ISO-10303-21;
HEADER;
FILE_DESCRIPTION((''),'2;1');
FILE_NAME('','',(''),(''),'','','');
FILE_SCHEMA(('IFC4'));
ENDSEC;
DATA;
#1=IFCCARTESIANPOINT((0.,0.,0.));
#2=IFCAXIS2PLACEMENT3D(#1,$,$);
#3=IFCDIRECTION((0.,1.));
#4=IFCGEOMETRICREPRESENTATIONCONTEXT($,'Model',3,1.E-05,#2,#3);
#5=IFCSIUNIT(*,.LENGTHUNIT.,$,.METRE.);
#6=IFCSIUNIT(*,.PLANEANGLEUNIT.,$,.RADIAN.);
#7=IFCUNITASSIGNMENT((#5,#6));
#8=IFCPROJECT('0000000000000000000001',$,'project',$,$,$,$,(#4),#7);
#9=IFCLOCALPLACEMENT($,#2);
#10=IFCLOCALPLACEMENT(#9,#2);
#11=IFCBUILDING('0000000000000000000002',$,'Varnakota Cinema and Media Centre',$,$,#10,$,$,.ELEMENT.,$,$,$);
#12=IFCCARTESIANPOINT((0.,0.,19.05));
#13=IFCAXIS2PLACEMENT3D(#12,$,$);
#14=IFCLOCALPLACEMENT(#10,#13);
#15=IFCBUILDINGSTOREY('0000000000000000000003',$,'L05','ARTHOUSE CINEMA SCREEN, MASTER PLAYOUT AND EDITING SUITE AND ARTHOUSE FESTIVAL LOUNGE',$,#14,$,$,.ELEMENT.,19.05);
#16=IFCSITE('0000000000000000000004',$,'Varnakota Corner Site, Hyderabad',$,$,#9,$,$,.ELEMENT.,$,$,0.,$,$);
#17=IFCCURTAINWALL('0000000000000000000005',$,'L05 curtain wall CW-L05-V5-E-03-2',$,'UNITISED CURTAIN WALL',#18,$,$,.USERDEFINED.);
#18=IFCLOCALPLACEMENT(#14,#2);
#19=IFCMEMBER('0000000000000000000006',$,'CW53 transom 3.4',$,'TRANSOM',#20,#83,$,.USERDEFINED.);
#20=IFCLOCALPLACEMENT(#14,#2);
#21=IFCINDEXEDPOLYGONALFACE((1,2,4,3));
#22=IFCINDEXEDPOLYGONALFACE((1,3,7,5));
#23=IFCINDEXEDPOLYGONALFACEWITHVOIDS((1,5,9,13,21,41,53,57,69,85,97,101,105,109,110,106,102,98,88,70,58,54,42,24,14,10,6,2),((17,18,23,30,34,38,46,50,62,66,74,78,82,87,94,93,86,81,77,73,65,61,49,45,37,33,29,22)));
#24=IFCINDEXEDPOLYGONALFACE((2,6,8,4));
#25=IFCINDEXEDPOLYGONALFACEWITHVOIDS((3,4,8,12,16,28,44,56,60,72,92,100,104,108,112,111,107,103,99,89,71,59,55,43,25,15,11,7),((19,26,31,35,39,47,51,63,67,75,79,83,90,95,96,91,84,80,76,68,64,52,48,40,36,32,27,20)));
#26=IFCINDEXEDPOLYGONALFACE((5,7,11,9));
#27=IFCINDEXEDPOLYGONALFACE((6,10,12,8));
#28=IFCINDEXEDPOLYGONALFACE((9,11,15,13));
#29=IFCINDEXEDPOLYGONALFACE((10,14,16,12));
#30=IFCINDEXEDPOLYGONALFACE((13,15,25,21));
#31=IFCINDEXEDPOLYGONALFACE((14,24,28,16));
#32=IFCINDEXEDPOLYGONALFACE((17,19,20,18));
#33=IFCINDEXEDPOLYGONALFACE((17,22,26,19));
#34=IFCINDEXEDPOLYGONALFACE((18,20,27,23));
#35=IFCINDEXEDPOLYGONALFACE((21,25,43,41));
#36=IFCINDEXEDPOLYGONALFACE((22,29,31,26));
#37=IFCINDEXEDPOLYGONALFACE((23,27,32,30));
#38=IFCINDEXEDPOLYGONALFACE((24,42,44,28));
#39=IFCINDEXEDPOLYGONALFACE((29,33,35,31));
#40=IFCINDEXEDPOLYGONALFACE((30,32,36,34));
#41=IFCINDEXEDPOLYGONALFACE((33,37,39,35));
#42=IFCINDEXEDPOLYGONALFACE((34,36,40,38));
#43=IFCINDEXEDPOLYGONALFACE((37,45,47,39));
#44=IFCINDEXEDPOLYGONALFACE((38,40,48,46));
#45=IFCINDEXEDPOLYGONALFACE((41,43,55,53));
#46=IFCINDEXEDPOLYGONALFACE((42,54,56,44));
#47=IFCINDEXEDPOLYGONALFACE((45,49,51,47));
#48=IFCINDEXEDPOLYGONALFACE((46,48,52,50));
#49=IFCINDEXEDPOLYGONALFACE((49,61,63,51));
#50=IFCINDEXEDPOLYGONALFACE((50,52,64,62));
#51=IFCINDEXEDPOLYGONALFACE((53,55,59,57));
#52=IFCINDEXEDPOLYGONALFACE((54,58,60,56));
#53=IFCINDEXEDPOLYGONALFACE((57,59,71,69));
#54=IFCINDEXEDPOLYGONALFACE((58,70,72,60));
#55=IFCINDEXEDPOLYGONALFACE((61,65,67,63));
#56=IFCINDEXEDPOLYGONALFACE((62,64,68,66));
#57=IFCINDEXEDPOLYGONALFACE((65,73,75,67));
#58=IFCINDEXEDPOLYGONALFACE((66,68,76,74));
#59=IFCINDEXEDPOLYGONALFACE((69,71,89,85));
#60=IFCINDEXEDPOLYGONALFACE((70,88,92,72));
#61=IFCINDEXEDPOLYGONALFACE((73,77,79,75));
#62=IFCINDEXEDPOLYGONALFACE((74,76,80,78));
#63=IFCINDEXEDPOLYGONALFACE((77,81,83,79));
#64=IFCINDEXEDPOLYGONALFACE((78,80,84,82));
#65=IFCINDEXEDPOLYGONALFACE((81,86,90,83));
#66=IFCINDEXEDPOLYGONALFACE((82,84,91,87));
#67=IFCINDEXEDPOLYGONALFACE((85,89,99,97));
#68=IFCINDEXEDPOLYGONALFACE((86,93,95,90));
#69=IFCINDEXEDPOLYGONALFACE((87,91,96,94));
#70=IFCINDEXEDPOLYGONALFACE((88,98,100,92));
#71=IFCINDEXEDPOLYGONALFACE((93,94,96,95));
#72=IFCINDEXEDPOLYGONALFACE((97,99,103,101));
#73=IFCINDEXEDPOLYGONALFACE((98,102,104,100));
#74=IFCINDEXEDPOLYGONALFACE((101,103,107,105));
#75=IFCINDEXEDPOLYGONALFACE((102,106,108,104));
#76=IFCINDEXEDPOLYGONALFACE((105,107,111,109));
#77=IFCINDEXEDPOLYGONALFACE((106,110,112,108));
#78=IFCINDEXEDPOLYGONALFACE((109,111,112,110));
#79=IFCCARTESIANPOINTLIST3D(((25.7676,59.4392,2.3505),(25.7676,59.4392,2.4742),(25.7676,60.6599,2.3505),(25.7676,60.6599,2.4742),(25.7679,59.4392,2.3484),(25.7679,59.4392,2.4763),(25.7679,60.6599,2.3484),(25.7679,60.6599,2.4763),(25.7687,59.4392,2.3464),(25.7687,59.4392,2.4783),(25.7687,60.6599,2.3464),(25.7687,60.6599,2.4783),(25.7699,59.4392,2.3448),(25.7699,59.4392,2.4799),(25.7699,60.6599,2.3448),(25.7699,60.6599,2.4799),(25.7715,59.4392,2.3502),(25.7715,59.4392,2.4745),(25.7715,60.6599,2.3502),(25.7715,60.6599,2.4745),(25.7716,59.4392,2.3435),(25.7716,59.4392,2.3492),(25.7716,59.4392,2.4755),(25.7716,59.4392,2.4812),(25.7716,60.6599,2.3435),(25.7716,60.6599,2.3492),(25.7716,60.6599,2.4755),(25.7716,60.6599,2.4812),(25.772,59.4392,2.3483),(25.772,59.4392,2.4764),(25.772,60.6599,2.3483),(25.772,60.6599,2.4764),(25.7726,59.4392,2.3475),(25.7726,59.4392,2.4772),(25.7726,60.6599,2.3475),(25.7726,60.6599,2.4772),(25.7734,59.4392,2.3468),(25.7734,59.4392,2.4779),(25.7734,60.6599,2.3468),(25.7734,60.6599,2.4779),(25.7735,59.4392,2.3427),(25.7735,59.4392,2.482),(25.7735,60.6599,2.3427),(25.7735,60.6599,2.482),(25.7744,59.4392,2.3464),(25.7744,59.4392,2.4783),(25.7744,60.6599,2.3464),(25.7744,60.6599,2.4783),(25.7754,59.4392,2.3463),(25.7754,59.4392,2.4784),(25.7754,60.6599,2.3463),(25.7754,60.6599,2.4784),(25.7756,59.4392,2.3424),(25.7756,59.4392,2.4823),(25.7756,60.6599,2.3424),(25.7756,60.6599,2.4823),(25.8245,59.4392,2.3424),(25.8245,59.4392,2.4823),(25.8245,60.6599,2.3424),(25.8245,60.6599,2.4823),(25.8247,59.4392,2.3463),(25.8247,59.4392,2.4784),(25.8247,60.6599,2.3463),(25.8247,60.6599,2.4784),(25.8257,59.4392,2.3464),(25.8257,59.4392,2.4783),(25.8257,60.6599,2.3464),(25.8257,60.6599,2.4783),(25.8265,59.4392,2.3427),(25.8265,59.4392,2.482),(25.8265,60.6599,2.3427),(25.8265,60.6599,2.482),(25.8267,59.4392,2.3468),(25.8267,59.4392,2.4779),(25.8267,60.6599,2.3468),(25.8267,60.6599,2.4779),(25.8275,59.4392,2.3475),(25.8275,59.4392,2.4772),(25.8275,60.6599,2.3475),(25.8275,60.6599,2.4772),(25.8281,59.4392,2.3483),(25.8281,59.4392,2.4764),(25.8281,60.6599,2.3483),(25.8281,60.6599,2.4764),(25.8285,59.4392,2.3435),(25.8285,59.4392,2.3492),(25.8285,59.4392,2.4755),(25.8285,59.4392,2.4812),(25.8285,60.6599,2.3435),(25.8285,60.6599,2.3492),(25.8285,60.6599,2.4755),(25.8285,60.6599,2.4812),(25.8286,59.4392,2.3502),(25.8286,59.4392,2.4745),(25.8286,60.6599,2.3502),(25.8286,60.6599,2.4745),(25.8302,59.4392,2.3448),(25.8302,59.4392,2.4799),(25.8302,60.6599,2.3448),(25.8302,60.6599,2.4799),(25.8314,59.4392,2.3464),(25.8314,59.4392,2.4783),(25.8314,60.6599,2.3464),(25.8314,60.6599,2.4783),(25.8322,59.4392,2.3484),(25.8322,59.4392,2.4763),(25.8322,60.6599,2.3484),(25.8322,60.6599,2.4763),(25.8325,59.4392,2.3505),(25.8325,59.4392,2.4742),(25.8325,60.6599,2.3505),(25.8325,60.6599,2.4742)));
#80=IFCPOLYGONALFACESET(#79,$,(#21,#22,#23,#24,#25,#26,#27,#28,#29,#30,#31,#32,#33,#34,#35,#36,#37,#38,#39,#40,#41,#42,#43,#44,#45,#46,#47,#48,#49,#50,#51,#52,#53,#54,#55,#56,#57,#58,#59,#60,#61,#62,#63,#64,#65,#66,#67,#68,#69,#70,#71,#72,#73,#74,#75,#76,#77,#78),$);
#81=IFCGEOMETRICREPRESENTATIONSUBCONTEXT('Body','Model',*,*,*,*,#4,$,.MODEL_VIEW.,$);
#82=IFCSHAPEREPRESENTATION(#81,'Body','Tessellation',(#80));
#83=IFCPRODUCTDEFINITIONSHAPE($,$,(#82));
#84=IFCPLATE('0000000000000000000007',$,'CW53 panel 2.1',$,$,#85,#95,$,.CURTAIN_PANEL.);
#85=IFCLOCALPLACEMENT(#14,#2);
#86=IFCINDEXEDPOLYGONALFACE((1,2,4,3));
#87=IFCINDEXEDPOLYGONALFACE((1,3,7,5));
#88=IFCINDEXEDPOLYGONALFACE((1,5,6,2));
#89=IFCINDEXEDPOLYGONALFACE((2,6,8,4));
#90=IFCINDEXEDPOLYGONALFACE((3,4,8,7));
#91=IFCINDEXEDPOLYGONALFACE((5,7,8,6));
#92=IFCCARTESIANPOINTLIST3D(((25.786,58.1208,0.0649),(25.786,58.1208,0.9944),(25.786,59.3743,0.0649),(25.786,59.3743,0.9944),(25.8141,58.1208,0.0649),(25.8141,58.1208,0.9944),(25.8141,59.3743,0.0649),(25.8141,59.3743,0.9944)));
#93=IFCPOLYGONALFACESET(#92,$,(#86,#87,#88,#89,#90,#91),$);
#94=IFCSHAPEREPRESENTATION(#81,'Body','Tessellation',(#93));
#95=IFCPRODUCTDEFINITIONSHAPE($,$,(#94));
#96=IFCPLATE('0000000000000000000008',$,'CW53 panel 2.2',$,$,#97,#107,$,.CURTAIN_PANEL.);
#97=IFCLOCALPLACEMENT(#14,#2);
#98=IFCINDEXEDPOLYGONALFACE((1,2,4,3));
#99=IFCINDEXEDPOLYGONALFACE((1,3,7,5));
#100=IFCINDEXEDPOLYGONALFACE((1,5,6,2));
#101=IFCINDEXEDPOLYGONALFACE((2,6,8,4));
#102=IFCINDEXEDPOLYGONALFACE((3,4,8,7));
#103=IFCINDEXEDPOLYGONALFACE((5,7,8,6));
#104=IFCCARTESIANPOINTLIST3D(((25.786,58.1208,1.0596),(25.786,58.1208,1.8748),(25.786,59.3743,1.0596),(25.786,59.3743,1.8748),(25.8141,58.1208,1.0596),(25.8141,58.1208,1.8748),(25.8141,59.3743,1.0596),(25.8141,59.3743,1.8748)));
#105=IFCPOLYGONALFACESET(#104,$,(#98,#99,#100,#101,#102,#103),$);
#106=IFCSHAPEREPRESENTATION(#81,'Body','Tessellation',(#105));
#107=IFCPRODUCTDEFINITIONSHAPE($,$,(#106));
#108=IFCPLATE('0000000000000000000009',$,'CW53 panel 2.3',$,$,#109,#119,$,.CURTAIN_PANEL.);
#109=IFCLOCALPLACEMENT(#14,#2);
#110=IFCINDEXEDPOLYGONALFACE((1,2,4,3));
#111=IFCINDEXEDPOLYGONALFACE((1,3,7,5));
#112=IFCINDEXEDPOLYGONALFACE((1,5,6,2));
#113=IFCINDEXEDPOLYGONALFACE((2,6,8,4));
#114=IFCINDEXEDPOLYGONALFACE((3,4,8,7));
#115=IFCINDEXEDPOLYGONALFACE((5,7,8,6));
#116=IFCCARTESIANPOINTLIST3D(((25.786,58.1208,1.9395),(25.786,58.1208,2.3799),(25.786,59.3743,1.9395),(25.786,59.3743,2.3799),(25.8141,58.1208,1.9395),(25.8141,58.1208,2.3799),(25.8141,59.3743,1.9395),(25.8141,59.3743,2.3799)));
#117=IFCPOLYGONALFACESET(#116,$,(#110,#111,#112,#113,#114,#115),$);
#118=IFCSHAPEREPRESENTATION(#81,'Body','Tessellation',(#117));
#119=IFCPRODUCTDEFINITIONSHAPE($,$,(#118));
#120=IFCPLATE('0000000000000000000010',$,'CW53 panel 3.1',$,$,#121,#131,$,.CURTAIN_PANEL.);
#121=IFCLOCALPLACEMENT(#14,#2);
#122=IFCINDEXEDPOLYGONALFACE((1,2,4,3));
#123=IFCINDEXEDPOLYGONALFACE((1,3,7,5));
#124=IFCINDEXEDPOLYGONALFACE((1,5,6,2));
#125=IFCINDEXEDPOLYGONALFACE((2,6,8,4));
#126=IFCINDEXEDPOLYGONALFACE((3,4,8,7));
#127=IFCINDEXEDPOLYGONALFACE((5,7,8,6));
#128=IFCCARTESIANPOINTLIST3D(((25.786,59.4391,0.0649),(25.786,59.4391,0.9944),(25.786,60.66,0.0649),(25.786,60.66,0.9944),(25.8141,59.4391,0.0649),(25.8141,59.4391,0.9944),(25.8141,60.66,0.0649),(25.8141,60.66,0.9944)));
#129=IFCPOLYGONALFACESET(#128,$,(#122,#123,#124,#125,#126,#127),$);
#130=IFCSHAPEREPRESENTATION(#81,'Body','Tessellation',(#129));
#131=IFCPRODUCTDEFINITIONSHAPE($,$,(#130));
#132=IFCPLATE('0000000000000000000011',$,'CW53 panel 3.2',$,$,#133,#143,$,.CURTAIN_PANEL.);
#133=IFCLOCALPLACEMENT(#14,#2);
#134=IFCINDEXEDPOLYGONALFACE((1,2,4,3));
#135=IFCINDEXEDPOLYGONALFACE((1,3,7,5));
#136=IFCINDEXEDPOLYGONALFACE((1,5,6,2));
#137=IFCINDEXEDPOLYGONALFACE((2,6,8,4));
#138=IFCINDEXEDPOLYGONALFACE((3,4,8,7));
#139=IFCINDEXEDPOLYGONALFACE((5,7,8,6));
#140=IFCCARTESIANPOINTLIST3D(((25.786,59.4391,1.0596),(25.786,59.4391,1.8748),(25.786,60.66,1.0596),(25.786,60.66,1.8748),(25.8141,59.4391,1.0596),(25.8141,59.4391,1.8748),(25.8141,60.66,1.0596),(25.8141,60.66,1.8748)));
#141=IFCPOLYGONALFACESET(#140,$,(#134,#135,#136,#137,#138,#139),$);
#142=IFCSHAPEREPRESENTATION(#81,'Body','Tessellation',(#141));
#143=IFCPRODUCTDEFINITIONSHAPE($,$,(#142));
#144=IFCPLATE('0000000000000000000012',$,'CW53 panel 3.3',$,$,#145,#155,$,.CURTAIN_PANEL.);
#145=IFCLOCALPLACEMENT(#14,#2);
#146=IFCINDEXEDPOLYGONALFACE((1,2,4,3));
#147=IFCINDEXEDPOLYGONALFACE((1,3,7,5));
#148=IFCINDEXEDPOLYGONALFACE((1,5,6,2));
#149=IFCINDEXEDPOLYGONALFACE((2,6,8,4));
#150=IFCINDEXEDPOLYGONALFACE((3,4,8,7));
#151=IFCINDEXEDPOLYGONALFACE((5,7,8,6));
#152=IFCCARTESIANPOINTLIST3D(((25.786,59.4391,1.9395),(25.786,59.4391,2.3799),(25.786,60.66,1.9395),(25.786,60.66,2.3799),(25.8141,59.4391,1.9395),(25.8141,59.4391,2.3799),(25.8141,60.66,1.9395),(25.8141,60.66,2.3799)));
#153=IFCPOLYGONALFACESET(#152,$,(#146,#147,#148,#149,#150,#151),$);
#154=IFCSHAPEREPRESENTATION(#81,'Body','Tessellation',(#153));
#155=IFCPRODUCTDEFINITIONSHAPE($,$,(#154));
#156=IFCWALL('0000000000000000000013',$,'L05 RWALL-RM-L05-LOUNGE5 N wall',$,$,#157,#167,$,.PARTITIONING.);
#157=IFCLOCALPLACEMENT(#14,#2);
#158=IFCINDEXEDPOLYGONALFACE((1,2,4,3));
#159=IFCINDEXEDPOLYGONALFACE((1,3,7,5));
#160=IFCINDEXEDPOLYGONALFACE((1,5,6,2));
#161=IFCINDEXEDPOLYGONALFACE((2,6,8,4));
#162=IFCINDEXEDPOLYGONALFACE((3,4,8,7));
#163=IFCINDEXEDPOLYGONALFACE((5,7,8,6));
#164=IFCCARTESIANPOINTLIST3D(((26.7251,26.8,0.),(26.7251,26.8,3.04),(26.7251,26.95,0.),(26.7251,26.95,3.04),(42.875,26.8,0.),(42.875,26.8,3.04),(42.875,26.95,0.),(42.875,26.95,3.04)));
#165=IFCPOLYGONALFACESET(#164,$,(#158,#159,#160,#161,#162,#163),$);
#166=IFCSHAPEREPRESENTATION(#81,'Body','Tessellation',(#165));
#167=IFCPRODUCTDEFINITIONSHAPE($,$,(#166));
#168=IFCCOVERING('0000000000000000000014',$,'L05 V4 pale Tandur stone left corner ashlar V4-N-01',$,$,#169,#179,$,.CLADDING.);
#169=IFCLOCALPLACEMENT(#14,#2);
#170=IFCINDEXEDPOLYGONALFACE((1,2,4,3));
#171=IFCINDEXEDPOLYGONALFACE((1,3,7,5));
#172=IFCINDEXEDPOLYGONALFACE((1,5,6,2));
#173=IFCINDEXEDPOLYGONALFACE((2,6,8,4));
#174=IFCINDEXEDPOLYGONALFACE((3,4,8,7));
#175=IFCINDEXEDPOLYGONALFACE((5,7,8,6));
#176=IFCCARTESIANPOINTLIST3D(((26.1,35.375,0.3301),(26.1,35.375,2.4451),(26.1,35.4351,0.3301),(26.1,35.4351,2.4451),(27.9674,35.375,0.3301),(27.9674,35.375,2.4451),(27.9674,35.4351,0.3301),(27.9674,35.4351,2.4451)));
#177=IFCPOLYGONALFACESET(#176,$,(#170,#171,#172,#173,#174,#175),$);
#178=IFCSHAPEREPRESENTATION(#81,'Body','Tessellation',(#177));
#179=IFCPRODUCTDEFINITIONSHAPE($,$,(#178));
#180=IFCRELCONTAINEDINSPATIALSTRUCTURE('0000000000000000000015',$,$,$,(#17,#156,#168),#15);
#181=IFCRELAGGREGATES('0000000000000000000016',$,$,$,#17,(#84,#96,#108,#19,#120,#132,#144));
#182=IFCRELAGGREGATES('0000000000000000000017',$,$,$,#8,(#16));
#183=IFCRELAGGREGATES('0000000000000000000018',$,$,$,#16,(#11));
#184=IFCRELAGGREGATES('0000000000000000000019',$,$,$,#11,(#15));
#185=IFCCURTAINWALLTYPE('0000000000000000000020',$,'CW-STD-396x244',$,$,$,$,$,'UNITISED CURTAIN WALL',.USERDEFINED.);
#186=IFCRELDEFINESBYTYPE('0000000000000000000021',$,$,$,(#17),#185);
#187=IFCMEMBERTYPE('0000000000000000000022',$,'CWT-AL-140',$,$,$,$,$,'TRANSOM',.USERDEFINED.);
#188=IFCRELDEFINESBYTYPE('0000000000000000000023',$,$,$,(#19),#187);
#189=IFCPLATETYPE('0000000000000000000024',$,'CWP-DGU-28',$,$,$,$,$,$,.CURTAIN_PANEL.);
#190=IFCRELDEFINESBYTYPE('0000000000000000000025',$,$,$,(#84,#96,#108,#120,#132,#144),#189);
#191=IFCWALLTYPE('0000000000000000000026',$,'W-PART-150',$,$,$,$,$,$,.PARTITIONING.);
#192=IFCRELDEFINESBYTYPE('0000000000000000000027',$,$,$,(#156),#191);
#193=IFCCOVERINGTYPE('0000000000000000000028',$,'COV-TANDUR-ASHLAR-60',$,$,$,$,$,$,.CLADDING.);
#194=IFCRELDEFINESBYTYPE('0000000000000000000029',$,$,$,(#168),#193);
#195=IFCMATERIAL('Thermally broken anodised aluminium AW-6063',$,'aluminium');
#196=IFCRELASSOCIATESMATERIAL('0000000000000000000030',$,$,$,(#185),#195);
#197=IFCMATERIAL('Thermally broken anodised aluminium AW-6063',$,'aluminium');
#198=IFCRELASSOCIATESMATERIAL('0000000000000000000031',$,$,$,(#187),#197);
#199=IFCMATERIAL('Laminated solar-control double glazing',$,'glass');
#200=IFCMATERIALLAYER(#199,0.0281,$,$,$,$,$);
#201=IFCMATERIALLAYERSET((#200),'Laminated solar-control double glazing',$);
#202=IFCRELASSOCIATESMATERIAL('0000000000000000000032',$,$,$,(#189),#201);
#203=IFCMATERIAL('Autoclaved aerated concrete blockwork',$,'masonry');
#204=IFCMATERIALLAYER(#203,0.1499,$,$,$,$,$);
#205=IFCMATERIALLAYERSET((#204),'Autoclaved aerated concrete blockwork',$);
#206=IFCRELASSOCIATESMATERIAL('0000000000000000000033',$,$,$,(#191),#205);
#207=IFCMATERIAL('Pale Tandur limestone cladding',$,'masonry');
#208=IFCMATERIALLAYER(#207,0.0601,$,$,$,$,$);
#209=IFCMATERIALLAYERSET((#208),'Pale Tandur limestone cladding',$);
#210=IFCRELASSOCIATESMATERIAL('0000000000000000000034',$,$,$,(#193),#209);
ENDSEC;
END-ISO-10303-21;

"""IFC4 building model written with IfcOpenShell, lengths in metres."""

from ifc_helpers import new_model, si_unit, direction, frame, frame_2d, origin, origin_2d, place, context, subcontext, project, spatial, rectangle, hollow_rectangle, extrude, material, layer, layer_set, material_profile, profile_set, type_object, element, aggregate, save


model = new_model("IFC4")

# Units and contexts
model_context = context("Model", 3, precision=1e-05, world=origin(), true_north=direction((0.0, 1.0)))
body_context = subcontext(model_context, "Body", "Model", "MODEL_VIEW")
ifc_project = project(units=[si_unit("LENGTHUNIT", "METRE"), si_unit("PLANEANGLEUNIT", "RADIAN")], contexts=[model_context])

# Site, building, storey
site_placement = place(None, origin())
site = spatial("IfcSite", under=ifc_project, at=site_placement, Name="Varnakota Corner Site, Hyderabad", CompositionType="ELEMENT", RefElevation=0.0)
building_placement = place(site_placement, origin())
building = spatial("IfcBuilding", under=site, at=building_placement, Name="Varnakota Cinema and Media Centre", CompositionType="ELEMENT")
storey_placement = place(building_placement, frame((0.0, 0.0, 19.05)))
storey = spatial("IfcBuildingStorey", under=building, at=storey_placement, Name="L05", Description="ARTHOUSE CINEMA SCREEN, MASTER PLAYOUT AND EDITING SUITE AND ARTHOUSE FESTIVAL LOUNGE", CompositionType="ELEMENT", Elevation=19.05)

# Curtain wall, member, plates
ifc_material_1 = material(Name="Thermally broken anodised aluminium AW-6063", Category="aluminium")
curtain_wall_type = type_object("IfcCurtainWallType", Name="CW-STD-396x244", ElementType="UNITISED CURTAIN WALL", PredefinedType="USERDEFINED", material=ifc_material_1)
curtain_wall_placement = place(storey_placement, origin())
curtain_wall = element("IfcCurtainWall", 1, at=curtain_wall_placement, inside=storey, type_object=curtain_wall_type, Name="L05 curtain wall CW-L05-V5-E-03-2", ObjectType="UNITISED CURTAIN WALL", PredefinedType="USERDEFINED")
ifc_material_2 = material(Name="Thermally broken anodised aluminium AW-6063", Category="aluminium")
ifc_material_profile_1 = material_profile(ifc_material_2, hollow_rectangle(XDim=0.0649, YDim=0.1399, WallThickness=0.0039, InnerFilletRadius=0.0039, OuterFilletRadius=0.0081, at=origin_2d()), Name="AL-TRANSOM 140x65x4")
ifc_profile_set_1 = profile_set([ifc_material_profile_1], Name="Thermally broken anodised aluminium AW-6063")
member_type_1 = type_object("IfcMemberType", Name="CWT-AL-140", ElementType="TRANSOM", PredefinedType="USERDEFINED", material=ifc_profile_set_1)
member_1_placement = place(storey_placement, frame((25.8, 59.4392, 2.4124), z_axis=(0.0, 1.0, 0.0), x_axis=(-1.0, 0.0, 0.0)))
member_1 = element("IfcMember", 2, at=member_1_placement, type_object=member_type_1, Name="CW53 transom 3.4", ObjectType="TRANSOM", PredefinedType="USERDEFINED", context=body_context, shape_type="SweptSolid", body=[
    extrude(hollow_rectangle(XDim=0.0649, YDim=0.1399, WallThickness=0.0039, InnerFilletRadius=0.0039, OuterFilletRadius=0.0081, at=origin_2d()), origin(), (0.0, 0.0, 1.0), 1.2207),
])
ifc_material_3 = material(Name="Laminated solar-control double glazing", Category="glass")
ifc_layer_1 = layer(ifc_material_3, 0.0281)
ifc_layer_set_1 = layer_set([ifc_layer_1], Name="Laminated solar-control double glazing")
plate_type = type_object("IfcPlateType", Name="CWP-DGU-28", PredefinedType="CURTAIN_PANEL", material=ifc_layer_set_1)
plate_1_placement = place(storey_placement, frame((25.8, 58.7476, 0.0649), z_axis=(0.0, 0.0, 1.0), x_axis=(0.0, 1.0, 0.0)))
plate_1 = element("IfcPlate", 3, at=plate_1_placement, type_object=plate_type, Name="CW53 panel 2.1", PredefinedType="CURTAIN_PANEL", context=body_context, shape_type="SweptSolid", body=[
    extrude(rectangle(XDim=1.2534, YDim=0.0281, at=origin_2d()), origin(), (0.0, 0.0, 1.0), 0.9294),
])
plate_2_placement = place(storey_placement, frame((25.8, 58.7476, 1.0596), z_axis=(0.0, 0.0, 1.0), x_axis=(0.0, 1.0, 0.0)))
plate_2 = element("IfcPlate", 4, at=plate_2_placement, type_object=plate_type, Name="CW53 panel 2.2", PredefinedType="CURTAIN_PANEL", context=body_context, shape_type="SweptSolid", body=[
    extrude(rectangle(XDim=1.2534, YDim=0.0281, at=origin_2d()), origin(), (0.0, 0.0, 1.0), 0.8152),
])
plate_3_placement = place(storey_placement, frame((25.8, 58.7476, 1.9395), z_axis=(0.0, 0.0, 1.0), x_axis=(0.0, 1.0, 0.0)))
plate_3 = element("IfcPlate", 5, at=plate_3_placement, type_object=plate_type, Name="CW53 panel 2.3", PredefinedType="CURTAIN_PANEL", context=body_context, shape_type="SweptSolid", body=[
    extrude(rectangle(XDim=1.2534, YDim=0.0281, at=origin_2d()), origin(), (0.0, 0.0, 1.0), 0.4404),
])
plate_4_placement = place(storey_placement, frame((25.8, 60.0496, 0.0649), z_axis=(0.0, 0.0, 1.0), x_axis=(0.0, 1.0, 0.0)))
plate_4 = element("IfcPlate", 6, at=plate_4_placement, type_object=plate_type, Name="CW53 panel 3.1", PredefinedType="CURTAIN_PANEL", context=body_context, shape_type="SweptSolid", body=[
    extrude(rectangle(XDim=1.2209, YDim=0.0281, at=origin_2d()), origin(), (0.0, 0.0, 1.0), 0.9294),
])
plate_5_placement = place(storey_placement, frame((25.8, 60.0496, 1.0596), z_axis=(0.0, 0.0, 1.0), x_axis=(0.0, 1.0, 0.0)))
plate_5 = element("IfcPlate", 7, at=plate_5_placement, type_object=plate_type, Name="CW53 panel 3.2", PredefinedType="CURTAIN_PANEL", context=body_context, shape_type="SweptSolid", body=[
    extrude(rectangle(XDim=1.2209, YDim=0.0281, at=origin_2d()), origin(), (0.0, 0.0, 1.0), 0.8152),
])
plate_6_placement = place(storey_placement, frame((25.8, 60.0496, 1.9395), z_axis=(0.0, 0.0, 1.0), x_axis=(0.0, 1.0, 0.0)))
plate_6 = element("IfcPlate", 8, at=plate_6_placement, type_object=plate_type, Name="CW53 panel 3.3", PredefinedType="CURTAIN_PANEL", context=body_context, shape_type="SweptSolid", body=[
    extrude(rectangle(XDim=1.2209, YDim=0.0281, at=origin_2d()), origin(), (0.0, 0.0, 1.0), 0.4404),
])
aggregate(curtain_wall, [plate_1, plate_2, plate_3, member_1, plate_4, plate_5, plate_6])

# Wall
ifc_material_4 = material(Name="Autoclaved aerated concrete blockwork", Category="masonry")
ifc_layer_2 = layer(ifc_material_4, 0.1499)
ifc_layer_set_2 = layer_set([ifc_layer_2], Name="Autoclaved aerated concrete blockwork")
wall_type_1 = type_object("IfcWallType", Name="W-PART-150", PredefinedType="PARTITIONING", material=ifc_layer_set_2)
wall_1_placement = place(storey_placement, frame((26.7251, 26.875, 0.0), z_axis=(0.0, 0.0, 1.0), x_axis=(1.0, 0.0, 0.0)))
element("IfcWall", 9, at=wall_1_placement, inside=storey, type_object=wall_type_1, Name="L05 RWALL-RM-L05-LOUNGE5 N wall", PredefinedType="PARTITIONING", context=body_context, shape_type="SweptSolid", body=[
    extrude(rectangle(XDim=16.1499, YDim=0.1499, at=frame_2d((8.075, 0.0))), origin(), (0.0, 0.0, 1.0), 3.04),
])

# Covering
ifc_material_5 = material(Name="Pale Tandur limestone cladding", Category="masonry")
ifc_layer_3 = layer(ifc_material_5, 0.0601)
ifc_layer_set_3 = layer_set([ifc_layer_3], Name="Pale Tandur limestone cladding")
covering_type = type_object("IfcCoveringType", Name="COV-TANDUR-ASHLAR-60", PredefinedType="CLADDING", material=ifc_layer_set_3)
covering_placement = place(storey_placement, frame((27.0337, 35.405, 0.3301), z_axis=(0.0, 0.0, 1.0), x_axis=(1.0, 0.0, 0.0)))
element("IfcCovering", 10, at=covering_placement, inside=storey, type_object=covering_type, Name="L05 V4 pale Tandur stone left corner ashlar V4-N-01", PredefinedType="CLADDING", context=body_context, shape_type="SweptSolid", body=[
    extrude(rectangle(XDim=1.8674, YDim=0.0601, at=origin_2d()), origin(), (0.0, 0.0, 1.0), 2.115),
])

save(model, "model.ifc")
